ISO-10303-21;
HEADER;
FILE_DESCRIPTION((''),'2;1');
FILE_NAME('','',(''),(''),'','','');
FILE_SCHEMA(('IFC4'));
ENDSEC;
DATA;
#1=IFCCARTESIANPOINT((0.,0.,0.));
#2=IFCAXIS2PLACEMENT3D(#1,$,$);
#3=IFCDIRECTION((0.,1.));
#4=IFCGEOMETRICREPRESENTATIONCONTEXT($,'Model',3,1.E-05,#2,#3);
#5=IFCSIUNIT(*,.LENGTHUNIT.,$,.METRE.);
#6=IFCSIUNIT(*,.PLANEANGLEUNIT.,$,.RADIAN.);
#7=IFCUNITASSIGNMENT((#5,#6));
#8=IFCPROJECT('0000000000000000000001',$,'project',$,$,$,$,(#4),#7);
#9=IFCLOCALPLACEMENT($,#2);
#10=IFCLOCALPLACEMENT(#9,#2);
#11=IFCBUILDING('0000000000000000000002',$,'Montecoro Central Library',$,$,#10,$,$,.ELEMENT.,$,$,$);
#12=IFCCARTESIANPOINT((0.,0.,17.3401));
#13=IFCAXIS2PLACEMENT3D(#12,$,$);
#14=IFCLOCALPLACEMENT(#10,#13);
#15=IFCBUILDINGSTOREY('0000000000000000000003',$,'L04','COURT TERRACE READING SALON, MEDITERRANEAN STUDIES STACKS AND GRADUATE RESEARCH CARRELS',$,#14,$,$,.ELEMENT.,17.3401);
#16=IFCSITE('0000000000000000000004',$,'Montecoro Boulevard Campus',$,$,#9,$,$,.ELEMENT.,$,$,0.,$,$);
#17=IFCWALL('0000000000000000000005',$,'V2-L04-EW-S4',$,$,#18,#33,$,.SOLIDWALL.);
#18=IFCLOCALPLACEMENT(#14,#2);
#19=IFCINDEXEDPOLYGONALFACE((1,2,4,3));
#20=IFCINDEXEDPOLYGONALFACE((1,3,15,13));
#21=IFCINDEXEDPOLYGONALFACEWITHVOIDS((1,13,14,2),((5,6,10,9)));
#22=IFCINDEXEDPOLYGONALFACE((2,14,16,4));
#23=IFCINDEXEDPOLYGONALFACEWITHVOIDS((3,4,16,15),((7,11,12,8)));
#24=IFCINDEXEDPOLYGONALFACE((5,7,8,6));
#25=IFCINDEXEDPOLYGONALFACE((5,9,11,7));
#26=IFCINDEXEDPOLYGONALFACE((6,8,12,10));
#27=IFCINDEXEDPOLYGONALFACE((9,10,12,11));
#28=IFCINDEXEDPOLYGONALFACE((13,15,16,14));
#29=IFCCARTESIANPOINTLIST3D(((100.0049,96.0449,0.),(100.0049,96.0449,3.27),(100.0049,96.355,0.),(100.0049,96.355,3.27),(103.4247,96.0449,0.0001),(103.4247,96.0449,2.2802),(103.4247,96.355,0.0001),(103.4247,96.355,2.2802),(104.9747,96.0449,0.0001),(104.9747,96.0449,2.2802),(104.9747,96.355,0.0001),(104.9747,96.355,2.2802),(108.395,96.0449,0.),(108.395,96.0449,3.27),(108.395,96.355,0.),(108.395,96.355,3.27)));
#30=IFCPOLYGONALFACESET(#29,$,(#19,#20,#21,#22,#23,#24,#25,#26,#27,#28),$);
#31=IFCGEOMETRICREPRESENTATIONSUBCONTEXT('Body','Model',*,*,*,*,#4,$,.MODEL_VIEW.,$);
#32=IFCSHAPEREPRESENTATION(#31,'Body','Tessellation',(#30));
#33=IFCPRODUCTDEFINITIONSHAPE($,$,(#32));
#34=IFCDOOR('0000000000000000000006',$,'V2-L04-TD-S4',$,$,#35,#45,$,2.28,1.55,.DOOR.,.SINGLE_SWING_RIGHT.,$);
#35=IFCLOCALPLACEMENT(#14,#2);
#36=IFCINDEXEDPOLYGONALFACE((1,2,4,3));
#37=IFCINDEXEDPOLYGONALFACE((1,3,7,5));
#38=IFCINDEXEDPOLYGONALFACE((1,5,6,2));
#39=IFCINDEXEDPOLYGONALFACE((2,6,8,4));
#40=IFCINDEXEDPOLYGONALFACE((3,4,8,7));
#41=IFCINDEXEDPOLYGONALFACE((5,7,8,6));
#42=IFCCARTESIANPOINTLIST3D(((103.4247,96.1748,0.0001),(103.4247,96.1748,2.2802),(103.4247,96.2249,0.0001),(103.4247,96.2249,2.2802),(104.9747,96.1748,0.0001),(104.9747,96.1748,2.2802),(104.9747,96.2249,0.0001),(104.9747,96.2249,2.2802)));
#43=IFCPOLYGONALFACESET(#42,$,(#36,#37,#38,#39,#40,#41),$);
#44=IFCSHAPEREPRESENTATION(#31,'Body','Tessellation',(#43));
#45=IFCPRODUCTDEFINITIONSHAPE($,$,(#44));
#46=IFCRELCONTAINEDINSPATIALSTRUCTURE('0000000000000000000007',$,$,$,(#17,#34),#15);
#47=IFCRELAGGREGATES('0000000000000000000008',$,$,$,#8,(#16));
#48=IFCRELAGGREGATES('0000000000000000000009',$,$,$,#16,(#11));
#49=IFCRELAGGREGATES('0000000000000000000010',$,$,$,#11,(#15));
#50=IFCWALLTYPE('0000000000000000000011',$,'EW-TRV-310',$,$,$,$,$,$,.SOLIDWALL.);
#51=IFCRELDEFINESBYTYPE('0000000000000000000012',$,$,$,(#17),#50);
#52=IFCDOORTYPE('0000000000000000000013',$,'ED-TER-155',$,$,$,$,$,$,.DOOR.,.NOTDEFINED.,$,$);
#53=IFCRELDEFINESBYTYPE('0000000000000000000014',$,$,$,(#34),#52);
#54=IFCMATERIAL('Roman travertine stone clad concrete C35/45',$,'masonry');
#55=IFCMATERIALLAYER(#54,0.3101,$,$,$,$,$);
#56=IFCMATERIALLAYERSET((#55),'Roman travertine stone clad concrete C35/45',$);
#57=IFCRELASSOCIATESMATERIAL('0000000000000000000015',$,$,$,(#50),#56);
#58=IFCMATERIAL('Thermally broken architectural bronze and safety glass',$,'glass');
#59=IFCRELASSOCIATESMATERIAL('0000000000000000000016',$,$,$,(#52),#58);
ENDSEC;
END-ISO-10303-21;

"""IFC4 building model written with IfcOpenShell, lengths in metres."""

from ifc_helpers import new_model, si_unit, direction, frame, frame_2d, origin, place, context, subcontext, project, spatial, rectangle, extrude, material, layer, layer_set, type_object, element, fill, save


model = new_model("IFC4")

# Units and contexts
model_context = context("Model", 3, precision=1e-05, world=origin(), true_north=direction((0.0, 1.0)))
body_context = subcontext(model_context, "Body", "Model", "MODEL_VIEW")
ifc_project = project(units=[si_unit("LENGTHUNIT", "METRE"), si_unit("PLANEANGLEUNIT", "RADIAN")], contexts=[model_context])

# Site, building, storey
site_placement = place(None, origin())
site = spatial("IfcSite", under=ifc_project, at=site_placement, Name="Montecoro Boulevard Campus", CompositionType="ELEMENT", RefElevation=0.0)
building_placement = place(site_placement, origin())
building = spatial("IfcBuilding", under=site, at=building_placement, Name="Montecoro Central Library", CompositionType="ELEMENT")
storey_placement = place(building_placement, frame((0.0, 0.0, 17.3401)))
storey = spatial("IfcBuildingStorey", under=building, at=storey_placement, Name="L04", Description="COURT TERRACE READING SALON, MEDITERRANEAN STUDIES STACKS AND GRADUATE RESEARCH CARRELS", CompositionType="ELEMENT", Elevation=17.3401)

# Wall, opening, door
ifc_material_1 = material(Name="Roman travertine stone clad concrete C35/45", Category="masonry")
ifc_layer_1 = layer(ifc_material_1, 0.3101)
ifc_layer_set_1 = layer_set([ifc_layer_1], Name="Roman travertine stone clad concrete C35/45")
wall_type = type_object("IfcWallType", Name="EW-TRV-310", PredefinedType="SOLIDWALL", material=ifc_layer_set_1)
wall_placement = place(storey_placement, frame((100.0049, 96.2, 0.0), z_axis=(0.0, 0.0, 1.0), x_axis=(1.0, 0.0, 0.0)))
wall = element("IfcWall", 1, at=wall_placement, inside=storey, type_object=wall_type, Name="V2-L04-EW-S4", PredefinedType="SOLIDWALL", context=body_context, shape_type="SweptSolid", body=[
    extrude(rectangle(XDim=8.3901, YDim=0.3101, at=frame_2d((4.1951, 0.0))), origin(), (0.0, 0.0, 1.0), 3.27),
])
opening_placement = place(wall_placement, frame((3.4199, 0.0, 0.0)))
opening = element("IfcOpeningElement", 2, at=opening_placement, cuts=wall, PredefinedType="OPENING", context=body_context, shape_type="SweptSolid", body=[
    extrude(rectangle(XDim=1.55, YDim=2.28, at=frame_2d((0.7749, 1.1401))), frame((0.0, 0.165, 0.0), z_axis=(0.0, -1.0, 0.0), x_axis=(1.0, 0.0, 0.0)), (0.0, 0.0, 1.0), 0.3301),
])
ifc_material_2 = material(Name="Thermally broken architectural bronze and safety glass", Category="glass")
door_type = type_object("IfcDoorType", Name="ED-TER-155", OperationType="NOTDEFINED", PredefinedType="DOOR", material=ifc_material_2)
door_placement = place(opening_placement, origin())
door = element("IfcDoor", 3, at=door_placement, inside=storey, type_object=door_type, Name="V2-L04-TD-S4", OperationType="SINGLE_SWING_RIGHT", OverallHeight=2.28, OverallWidth=1.55, PredefinedType="DOOR", context=body_context, shape_type="SweptSolid", body=[
    extrude(rectangle(XDim=1.55, YDim=2.28, at=frame_2d((0.7749, 1.1401))), frame((0.0, 0.0249, 0.0), z_axis=(0.0, -1.0, 0.0), x_axis=(1.0, 0.0, 0.0)), (0.0, 0.0, 1.0), 0.05),
])
fill(opening, door)

save(model, "model.ifc")
